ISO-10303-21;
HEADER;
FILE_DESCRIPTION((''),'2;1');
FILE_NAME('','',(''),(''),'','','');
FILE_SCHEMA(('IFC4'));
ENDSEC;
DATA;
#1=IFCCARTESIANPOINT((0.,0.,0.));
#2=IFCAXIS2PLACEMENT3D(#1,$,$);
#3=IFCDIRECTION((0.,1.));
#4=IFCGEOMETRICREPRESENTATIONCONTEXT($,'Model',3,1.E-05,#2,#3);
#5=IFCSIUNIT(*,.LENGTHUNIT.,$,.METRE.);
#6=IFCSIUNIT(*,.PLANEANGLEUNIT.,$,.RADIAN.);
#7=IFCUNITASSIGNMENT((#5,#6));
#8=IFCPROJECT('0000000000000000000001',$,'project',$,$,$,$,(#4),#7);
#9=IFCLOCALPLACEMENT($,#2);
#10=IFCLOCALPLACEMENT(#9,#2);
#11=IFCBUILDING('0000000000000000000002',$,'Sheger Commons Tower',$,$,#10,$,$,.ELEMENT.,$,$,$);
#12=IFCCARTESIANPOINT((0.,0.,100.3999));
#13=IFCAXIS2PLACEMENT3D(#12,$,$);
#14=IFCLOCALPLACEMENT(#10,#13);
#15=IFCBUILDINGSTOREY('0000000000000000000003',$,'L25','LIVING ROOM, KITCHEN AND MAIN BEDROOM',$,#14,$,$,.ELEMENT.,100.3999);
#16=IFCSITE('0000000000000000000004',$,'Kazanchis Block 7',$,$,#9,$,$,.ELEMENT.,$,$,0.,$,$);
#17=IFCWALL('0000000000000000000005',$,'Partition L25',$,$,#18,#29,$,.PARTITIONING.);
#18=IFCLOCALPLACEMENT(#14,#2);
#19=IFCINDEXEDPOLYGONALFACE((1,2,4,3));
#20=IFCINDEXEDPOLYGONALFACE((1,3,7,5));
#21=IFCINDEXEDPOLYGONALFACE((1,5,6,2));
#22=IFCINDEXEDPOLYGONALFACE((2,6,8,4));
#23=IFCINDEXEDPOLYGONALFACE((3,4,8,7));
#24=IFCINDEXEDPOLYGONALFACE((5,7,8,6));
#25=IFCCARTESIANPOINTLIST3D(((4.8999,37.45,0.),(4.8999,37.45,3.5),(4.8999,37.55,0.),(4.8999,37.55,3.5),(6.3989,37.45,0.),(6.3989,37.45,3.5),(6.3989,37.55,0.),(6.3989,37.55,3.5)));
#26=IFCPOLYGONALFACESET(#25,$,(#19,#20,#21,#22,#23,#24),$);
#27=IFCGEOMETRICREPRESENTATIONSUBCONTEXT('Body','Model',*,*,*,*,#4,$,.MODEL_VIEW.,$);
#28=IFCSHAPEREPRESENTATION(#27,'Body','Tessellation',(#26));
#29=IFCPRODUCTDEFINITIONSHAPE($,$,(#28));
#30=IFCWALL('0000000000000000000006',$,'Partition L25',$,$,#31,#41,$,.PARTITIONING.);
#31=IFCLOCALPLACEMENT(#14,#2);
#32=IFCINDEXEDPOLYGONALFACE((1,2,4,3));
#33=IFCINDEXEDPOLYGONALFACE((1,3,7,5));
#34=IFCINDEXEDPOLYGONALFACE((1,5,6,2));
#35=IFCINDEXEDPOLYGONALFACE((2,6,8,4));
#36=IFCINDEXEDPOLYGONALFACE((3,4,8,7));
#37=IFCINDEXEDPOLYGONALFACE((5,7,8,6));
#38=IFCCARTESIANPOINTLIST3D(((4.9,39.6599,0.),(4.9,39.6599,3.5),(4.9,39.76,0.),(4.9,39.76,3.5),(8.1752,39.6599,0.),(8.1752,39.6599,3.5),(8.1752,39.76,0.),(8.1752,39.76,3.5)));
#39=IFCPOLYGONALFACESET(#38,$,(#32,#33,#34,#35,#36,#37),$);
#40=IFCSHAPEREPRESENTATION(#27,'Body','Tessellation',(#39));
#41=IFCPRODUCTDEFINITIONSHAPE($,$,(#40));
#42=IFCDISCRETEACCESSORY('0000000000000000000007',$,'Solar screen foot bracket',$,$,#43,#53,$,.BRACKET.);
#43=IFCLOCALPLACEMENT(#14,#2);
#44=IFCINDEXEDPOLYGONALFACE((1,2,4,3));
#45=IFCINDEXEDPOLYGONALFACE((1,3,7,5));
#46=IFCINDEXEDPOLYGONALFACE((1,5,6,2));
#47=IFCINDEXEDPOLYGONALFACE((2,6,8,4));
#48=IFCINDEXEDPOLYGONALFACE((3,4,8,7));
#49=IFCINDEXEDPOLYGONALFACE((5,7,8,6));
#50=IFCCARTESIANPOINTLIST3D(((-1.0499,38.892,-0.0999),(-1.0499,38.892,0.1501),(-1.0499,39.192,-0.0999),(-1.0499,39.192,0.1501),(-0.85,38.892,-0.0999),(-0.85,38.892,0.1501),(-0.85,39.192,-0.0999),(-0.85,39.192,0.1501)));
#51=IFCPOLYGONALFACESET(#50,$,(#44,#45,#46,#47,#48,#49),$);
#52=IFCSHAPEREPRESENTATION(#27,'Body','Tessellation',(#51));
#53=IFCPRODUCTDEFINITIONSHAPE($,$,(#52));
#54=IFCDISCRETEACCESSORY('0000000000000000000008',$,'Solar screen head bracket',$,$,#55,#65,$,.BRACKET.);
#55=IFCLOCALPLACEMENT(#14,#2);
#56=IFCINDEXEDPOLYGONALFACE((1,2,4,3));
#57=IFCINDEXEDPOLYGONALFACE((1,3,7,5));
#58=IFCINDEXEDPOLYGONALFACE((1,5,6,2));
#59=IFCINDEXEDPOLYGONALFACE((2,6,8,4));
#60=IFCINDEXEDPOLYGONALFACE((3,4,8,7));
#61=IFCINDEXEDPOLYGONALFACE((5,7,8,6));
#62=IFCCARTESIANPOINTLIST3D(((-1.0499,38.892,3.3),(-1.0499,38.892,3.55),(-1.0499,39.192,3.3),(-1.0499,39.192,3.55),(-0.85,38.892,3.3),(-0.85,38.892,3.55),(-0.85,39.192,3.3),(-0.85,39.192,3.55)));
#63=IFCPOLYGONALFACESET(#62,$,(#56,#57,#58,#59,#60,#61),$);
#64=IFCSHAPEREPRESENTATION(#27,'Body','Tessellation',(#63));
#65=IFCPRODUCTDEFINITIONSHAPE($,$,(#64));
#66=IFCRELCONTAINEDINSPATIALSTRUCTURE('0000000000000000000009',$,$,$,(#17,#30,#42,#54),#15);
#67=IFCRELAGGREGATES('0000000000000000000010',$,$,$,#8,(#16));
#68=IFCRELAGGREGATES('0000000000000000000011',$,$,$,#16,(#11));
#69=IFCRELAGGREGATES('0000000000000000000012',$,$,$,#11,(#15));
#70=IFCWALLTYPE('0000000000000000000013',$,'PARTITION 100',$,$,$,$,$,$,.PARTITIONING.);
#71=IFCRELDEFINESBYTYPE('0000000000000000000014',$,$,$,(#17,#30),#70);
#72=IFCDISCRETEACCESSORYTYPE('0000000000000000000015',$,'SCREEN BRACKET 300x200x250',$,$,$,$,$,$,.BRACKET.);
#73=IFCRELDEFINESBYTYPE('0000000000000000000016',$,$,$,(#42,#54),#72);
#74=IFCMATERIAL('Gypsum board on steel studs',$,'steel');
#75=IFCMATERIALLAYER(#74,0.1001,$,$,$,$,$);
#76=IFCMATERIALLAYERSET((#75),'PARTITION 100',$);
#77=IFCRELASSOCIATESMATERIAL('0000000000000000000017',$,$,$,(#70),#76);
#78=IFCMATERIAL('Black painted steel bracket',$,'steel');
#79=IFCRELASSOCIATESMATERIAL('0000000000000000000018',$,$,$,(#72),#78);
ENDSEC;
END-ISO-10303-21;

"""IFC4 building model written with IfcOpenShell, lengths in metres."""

from ifc_helpers import new_model, si_unit, direction, frame, frame_2d, origin, origin_2d, place, context, subcontext, project, spatial, rectangle, extrude, material, layer, layer_set, type_object, element, save


model = new_model("IFC4")

# Units and contexts
model_context = context("Model", 3, precision=1e-05, world=origin(), true_north=direction((0.0, 1.0)))
body_context = subcontext(model_context, "Body", "Model", "MODEL_VIEW")
ifc_project = project(units=[si_unit("LENGTHUNIT", "METRE"), si_unit("PLANEANGLEUNIT", "RADIAN")], contexts=[model_context])

# Site, building, storey
site_placement = place(None, origin())
site = spatial("IfcSite", under=ifc_project, at=site_placement, Name="Kazanchis Block 7", CompositionType="ELEMENT", RefElevation=0.0)
building_placement = place(site_placement, origin())
building = spatial("IfcBuilding", under=site, at=building_placement, Name="Sheger Commons Tower", CompositionType="ELEMENT")
storey_placement = place(building_placement, frame((0.0, 0.0, 100.3999)))
storey = spatial("IfcBuildingStorey", under=building, at=storey_placement, Name="L25", Description="LIVING ROOM, KITCHEN AND MAIN BEDROOM", CompositionType="ELEMENT", Elevation=100.3999)

# Shared definitions
ifc_material_1 = material(Name="Gypsum board on steel studs", Category="steel")
ifc_layer_1 = layer(ifc_material_1, 0.1001)
ifc_layer_set_1 = layer_set([ifc_layer_1], Name="PARTITION 100")
wall_type_1 = type_object("IfcWallType", Name="PARTITION 100", PredefinedType="PARTITIONING", material=ifc_layer_set_1)

# Walls
wall_1_placement = place(storey_placement, frame((4.8999, 37.5, 0.0), z_axis=(0.0, 0.0, 1.0), x_axis=(1.0, 0.0, 0.0)))
element("IfcWall", 1, at=wall_1_placement, inside=storey, type_object=wall_type_1, Name="Partition L25", PredefinedType="PARTITIONING", context=body_context, shape_type="SweptSolid", body=[
    extrude(rectangle(XDim=1.499, YDim=0.1001, at=frame_2d((0.7495, 0.0))), origin(), (0.0, 0.0, 1.0), 3.5),
])
wall_2_placement = place(storey_placement, frame((4.8999, 39.71, 0.0), z_axis=(0.0, 0.0, 1.0), x_axis=(1.0, 0.0, 0.0)))
element("IfcWall", 2, at=wall_2_placement, inside=storey, type_object=wall_type_1, Name="Partition L25", PredefinedType="PARTITIONING", context=body_context, shape_type="SweptSolid", body=[
    extrude(rectangle(XDim=3.2751, YDim=0.1001, at=frame_2d((1.6377, 0.0))), origin(), (0.0, 0.0, 1.0), 3.5),
])

# Discrete accessories
ifc_material_2 = material(Name="Black painted steel bracket", Category="steel")
discrete_accessory_type = type_object("IfcDiscreteAccessoryType", Name="SCREEN BRACKET 300x200x250", PredefinedType="BRACKET", material=ifc_material_2)
for number, where, z_axis, x_axis, name in (
    (3, (-0.95, 39.042, -0.0999), (0.0, 0.0, 1.0), (0.0, -1.0, 0.0), "Solar screen foot bracket"),
    (4, (-0.95, 39.042, 3.3), (0.0, 0.0, 1.0), (0.0, -1.0, 0.0), "Solar screen head bracket"),
):
    element("IfcDiscreteAccessory", number, at=place(storey_placement, frame(where, z_axis=z_axis, x_axis=x_axis)), inside=storey, type_object=discrete_accessory_type, Name=name, PredefinedType="BRACKET", context=body_context, shape_type="SweptSolid", body=[
        extrude(rectangle(XDim=0.3, YDim=0.2, at=origin_2d()), origin(), (0.0, 0.0, 1.0), 0.25),
    ])

save(model, "model.ifc")
